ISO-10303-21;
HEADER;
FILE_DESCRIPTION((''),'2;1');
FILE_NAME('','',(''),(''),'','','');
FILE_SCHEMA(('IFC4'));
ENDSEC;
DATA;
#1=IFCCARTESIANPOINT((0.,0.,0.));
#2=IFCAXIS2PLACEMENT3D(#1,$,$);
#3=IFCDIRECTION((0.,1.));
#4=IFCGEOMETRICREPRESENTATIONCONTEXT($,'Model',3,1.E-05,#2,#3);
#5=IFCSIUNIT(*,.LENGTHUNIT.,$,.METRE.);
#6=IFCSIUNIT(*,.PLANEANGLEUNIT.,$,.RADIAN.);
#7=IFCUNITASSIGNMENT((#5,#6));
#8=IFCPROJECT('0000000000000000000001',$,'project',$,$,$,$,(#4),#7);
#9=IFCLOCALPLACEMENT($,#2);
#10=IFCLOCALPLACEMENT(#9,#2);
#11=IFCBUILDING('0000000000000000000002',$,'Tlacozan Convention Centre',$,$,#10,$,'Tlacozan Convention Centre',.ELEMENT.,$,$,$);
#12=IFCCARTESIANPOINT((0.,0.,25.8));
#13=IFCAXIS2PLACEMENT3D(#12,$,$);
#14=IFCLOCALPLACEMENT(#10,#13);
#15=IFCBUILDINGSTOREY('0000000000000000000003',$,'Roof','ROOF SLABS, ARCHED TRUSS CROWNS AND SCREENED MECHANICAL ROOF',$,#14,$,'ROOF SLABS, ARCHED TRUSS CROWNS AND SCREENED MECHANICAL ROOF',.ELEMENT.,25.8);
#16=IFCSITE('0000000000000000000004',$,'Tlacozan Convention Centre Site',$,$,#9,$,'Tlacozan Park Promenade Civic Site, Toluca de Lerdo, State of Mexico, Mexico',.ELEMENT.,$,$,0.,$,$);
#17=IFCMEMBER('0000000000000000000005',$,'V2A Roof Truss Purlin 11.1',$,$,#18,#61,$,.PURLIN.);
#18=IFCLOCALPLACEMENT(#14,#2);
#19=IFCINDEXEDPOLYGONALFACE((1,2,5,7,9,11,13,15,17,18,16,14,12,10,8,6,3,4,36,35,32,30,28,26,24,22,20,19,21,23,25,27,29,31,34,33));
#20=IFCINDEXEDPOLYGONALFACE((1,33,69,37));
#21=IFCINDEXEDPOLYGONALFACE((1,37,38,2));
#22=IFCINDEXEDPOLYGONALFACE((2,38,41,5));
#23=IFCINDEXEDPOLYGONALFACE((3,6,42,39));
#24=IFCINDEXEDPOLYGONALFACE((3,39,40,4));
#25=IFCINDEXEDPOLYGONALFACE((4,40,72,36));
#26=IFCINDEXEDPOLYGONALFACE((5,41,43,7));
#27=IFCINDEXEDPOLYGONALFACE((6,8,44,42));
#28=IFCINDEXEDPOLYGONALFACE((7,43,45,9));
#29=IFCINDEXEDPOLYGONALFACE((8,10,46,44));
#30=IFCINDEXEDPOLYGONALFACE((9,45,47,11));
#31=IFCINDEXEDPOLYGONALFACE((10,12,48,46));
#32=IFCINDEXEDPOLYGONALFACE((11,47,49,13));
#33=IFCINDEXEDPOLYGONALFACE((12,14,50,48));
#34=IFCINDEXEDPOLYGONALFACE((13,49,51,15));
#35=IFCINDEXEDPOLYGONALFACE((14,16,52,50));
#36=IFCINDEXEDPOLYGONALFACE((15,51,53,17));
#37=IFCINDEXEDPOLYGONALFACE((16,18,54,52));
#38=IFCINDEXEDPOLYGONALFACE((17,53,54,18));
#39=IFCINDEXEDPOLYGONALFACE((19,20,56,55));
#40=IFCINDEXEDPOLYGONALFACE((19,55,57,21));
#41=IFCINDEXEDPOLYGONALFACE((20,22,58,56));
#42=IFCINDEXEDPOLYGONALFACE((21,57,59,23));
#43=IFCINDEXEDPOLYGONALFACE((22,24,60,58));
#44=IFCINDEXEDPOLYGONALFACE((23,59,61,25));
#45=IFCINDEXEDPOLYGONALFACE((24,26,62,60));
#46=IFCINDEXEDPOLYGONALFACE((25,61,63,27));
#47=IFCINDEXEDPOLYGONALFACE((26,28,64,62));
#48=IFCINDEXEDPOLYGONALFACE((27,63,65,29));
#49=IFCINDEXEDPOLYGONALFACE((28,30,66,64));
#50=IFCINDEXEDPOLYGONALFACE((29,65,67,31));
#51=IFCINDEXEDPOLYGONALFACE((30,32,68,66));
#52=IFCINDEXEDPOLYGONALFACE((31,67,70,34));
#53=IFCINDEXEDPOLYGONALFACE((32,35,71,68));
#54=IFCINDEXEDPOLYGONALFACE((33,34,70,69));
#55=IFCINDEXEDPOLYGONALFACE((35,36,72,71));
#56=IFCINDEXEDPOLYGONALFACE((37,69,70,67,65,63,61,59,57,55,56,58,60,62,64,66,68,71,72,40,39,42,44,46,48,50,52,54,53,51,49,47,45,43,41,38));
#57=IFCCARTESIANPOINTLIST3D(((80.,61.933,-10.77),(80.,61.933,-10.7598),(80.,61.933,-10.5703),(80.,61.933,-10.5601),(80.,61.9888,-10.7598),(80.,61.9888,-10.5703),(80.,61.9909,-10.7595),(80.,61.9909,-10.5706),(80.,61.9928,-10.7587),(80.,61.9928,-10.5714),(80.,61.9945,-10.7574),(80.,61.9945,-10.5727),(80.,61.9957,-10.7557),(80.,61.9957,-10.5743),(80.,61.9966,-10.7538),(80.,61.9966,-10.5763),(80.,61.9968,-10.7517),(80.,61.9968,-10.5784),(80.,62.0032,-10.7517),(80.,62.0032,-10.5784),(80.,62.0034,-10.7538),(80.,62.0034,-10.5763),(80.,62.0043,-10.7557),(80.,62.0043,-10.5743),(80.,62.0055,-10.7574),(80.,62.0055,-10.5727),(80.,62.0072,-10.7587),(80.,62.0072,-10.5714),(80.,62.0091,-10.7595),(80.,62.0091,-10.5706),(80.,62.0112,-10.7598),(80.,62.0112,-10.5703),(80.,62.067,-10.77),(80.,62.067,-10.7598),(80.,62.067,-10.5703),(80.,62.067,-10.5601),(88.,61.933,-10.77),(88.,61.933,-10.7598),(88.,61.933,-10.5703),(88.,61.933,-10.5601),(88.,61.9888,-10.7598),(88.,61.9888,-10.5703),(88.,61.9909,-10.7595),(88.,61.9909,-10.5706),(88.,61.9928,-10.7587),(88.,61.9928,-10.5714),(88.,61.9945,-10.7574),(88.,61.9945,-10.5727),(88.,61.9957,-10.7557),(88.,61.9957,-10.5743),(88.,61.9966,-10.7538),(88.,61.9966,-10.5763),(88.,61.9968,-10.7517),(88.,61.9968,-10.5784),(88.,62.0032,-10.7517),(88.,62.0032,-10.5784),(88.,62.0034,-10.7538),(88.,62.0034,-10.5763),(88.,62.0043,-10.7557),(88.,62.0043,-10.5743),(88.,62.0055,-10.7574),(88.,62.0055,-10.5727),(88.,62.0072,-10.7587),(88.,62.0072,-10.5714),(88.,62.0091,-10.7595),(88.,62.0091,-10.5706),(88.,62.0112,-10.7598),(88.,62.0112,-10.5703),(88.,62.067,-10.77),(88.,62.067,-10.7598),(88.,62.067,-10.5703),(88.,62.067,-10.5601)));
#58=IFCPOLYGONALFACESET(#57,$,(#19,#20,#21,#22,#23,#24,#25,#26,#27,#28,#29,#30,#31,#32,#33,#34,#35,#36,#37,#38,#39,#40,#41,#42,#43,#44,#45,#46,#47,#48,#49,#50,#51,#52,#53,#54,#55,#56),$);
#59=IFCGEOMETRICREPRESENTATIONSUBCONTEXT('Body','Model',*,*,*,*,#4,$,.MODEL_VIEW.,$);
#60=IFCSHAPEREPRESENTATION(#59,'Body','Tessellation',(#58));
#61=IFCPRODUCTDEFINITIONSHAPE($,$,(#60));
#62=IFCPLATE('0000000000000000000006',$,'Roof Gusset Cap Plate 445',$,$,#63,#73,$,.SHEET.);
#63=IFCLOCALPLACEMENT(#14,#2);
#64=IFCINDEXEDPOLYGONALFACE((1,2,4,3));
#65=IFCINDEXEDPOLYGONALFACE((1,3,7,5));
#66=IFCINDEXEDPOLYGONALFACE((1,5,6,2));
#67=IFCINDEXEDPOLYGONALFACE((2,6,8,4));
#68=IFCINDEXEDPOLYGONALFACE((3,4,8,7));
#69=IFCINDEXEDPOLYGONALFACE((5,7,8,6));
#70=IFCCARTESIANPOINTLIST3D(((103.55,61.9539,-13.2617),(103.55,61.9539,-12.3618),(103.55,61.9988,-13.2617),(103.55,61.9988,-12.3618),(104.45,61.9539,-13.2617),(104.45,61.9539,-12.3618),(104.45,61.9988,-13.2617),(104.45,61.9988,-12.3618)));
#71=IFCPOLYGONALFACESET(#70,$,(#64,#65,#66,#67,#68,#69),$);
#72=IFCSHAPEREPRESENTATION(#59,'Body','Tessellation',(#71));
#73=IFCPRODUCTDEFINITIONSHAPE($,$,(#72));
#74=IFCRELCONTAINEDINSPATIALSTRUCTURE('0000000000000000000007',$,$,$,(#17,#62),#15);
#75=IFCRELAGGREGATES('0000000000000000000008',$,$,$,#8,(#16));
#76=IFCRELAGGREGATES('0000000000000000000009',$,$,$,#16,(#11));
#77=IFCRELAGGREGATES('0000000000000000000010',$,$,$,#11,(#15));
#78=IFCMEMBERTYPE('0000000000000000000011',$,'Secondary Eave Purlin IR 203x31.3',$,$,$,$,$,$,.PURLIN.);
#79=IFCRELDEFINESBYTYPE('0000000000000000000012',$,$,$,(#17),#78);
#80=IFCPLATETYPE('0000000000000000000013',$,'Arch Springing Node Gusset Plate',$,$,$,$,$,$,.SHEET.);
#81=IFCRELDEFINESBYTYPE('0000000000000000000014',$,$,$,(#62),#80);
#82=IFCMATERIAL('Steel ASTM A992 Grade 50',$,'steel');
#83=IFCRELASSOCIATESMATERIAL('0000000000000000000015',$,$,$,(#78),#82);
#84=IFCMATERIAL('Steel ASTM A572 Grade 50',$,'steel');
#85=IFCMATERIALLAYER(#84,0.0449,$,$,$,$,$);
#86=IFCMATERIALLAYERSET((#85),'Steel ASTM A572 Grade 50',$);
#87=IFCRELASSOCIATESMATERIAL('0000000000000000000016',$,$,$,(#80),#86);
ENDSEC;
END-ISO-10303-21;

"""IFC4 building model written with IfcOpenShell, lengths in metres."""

from ifc_helpers import new_model, si_unit, direction, frame, origin, origin_2d, place, context, subcontext, project, spatial, rectangle, i_section, extrude, material, layer, layer_set, material_profile, profile_set, type_object, element, save


model = new_model("IFC4")

# Units and contexts
model_context = context("Model", 3, precision=1e-05, world=origin(), true_north=direction((0.0, 1.0)))
body_context = subcontext(model_context, "Body", "Model", "MODEL_VIEW")
ifc_project = project(units=[si_unit("LENGTHUNIT", "METRE"), si_unit("PLANEANGLEUNIT", "RADIAN")], contexts=[model_context])

# Site, building, storey
site_placement = place(None, origin())
site = spatial("IfcSite", under=ifc_project, at=site_placement, Name="Tlacozan Convention Centre Site", LongName="Tlacozan Park Promenade Civic Site, Toluca de Lerdo, State of Mexico, Mexico", CompositionType="ELEMENT", RefElevation=0.0)
building_placement = place(site_placement, origin())
building = spatial("IfcBuilding", under=site, at=building_placement, Name="Tlacozan Convention Centre", LongName="Tlacozan Convention Centre", CompositionType="ELEMENT")
storey_placement = place(building_placement, frame((0.0, 0.0, 25.8)))
storey = spatial("IfcBuildingStorey", under=building, at=storey_placement, Name="Roof", Description="ROOF SLABS, ARCHED TRUSS CROWNS AND SCREENED MECHANICAL ROOF", LongName="ROOF SLABS, ARCHED TRUSS CROWNS AND SCREENED MECHANICAL ROOF", CompositionType="ELEMENT", Elevation=25.8)

# Member
ifc_material_1 = material(Name="Steel ASTM A992 Grade 50", Category="steel")
ifc_material_profile_1 = material_profile(ifc_material_1, i_section(OverallWidth=0.134, OverallDepth=0.21, WebThickness=0.0063, FlangeThickness=0.0103, FilletRadius=0.0081, at=origin_2d()), Name="IR 203x31.3")
ifc_profile_set_1 = profile_set([ifc_material_profile_1], Name="Steel ASTM A992 Grade 50")
member_type_1 = type_object("IfcMemberType", Name="Secondary Eave Purlin IR 203x31.3", PredefinedType="PURLIN", material=ifc_profile_set_1)
for number, where, z_axis, x_axis, name in (
    (1, (80.0, 62.0, -10.665), (1.0, 0.0, 0.0), (0.0, 1.0, 0.0), "V2A Roof Truss Purlin 11.1"),
):
    element("IfcMember", number, at=place(storey_placement, frame(where, z_axis=z_axis, x_axis=x_axis)), inside=storey, type_object=member_type_1, Name=name, PredefinedType="PURLIN", context=body_context, shape_type="SweptSolid", body=[
        extrude(i_section(OverallWidth=0.134, OverallDepth=0.21, WebThickness=0.0063, FlangeThickness=0.0103, FilletRadius=0.0081, at=origin_2d()), origin(), (0.0, 0.0, 1.0), 8.0),
    ])

# Plate
ifc_material_2 = material(Name="Steel ASTM A572 Grade 50", Category="steel")
ifc_layer = layer(ifc_material_2, 0.0449)
ifc_layer_set = layer_set([ifc_layer], Name="Steel ASTM A572 Grade 50")
plate_type = type_object("IfcPlateType", Name="Arch Springing Node Gusset Plate", PredefinedType="SHEET", material=ifc_layer_set)
plate_placement = place(storey_placement, frame((104.0, 61.9763, -13.2617), z_axis=(0.0, 0.0, 1.0), x_axis=(0.0, 1.0, 0.0)))
element("IfcPlate", 2, at=plate_placement, inside=storey, type_object=plate_type, Name="Roof Gusset Cap Plate 445", PredefinedType="SHEET", context=body_context, shape_type="SweptSolid", body=[
    extrude(rectangle(XDim=0.0449, YDim=0.8999, at=origin_2d()), origin(), (0.0, 0.0, 1.0), 0.8999),
])

save(model, "model.ifc")
